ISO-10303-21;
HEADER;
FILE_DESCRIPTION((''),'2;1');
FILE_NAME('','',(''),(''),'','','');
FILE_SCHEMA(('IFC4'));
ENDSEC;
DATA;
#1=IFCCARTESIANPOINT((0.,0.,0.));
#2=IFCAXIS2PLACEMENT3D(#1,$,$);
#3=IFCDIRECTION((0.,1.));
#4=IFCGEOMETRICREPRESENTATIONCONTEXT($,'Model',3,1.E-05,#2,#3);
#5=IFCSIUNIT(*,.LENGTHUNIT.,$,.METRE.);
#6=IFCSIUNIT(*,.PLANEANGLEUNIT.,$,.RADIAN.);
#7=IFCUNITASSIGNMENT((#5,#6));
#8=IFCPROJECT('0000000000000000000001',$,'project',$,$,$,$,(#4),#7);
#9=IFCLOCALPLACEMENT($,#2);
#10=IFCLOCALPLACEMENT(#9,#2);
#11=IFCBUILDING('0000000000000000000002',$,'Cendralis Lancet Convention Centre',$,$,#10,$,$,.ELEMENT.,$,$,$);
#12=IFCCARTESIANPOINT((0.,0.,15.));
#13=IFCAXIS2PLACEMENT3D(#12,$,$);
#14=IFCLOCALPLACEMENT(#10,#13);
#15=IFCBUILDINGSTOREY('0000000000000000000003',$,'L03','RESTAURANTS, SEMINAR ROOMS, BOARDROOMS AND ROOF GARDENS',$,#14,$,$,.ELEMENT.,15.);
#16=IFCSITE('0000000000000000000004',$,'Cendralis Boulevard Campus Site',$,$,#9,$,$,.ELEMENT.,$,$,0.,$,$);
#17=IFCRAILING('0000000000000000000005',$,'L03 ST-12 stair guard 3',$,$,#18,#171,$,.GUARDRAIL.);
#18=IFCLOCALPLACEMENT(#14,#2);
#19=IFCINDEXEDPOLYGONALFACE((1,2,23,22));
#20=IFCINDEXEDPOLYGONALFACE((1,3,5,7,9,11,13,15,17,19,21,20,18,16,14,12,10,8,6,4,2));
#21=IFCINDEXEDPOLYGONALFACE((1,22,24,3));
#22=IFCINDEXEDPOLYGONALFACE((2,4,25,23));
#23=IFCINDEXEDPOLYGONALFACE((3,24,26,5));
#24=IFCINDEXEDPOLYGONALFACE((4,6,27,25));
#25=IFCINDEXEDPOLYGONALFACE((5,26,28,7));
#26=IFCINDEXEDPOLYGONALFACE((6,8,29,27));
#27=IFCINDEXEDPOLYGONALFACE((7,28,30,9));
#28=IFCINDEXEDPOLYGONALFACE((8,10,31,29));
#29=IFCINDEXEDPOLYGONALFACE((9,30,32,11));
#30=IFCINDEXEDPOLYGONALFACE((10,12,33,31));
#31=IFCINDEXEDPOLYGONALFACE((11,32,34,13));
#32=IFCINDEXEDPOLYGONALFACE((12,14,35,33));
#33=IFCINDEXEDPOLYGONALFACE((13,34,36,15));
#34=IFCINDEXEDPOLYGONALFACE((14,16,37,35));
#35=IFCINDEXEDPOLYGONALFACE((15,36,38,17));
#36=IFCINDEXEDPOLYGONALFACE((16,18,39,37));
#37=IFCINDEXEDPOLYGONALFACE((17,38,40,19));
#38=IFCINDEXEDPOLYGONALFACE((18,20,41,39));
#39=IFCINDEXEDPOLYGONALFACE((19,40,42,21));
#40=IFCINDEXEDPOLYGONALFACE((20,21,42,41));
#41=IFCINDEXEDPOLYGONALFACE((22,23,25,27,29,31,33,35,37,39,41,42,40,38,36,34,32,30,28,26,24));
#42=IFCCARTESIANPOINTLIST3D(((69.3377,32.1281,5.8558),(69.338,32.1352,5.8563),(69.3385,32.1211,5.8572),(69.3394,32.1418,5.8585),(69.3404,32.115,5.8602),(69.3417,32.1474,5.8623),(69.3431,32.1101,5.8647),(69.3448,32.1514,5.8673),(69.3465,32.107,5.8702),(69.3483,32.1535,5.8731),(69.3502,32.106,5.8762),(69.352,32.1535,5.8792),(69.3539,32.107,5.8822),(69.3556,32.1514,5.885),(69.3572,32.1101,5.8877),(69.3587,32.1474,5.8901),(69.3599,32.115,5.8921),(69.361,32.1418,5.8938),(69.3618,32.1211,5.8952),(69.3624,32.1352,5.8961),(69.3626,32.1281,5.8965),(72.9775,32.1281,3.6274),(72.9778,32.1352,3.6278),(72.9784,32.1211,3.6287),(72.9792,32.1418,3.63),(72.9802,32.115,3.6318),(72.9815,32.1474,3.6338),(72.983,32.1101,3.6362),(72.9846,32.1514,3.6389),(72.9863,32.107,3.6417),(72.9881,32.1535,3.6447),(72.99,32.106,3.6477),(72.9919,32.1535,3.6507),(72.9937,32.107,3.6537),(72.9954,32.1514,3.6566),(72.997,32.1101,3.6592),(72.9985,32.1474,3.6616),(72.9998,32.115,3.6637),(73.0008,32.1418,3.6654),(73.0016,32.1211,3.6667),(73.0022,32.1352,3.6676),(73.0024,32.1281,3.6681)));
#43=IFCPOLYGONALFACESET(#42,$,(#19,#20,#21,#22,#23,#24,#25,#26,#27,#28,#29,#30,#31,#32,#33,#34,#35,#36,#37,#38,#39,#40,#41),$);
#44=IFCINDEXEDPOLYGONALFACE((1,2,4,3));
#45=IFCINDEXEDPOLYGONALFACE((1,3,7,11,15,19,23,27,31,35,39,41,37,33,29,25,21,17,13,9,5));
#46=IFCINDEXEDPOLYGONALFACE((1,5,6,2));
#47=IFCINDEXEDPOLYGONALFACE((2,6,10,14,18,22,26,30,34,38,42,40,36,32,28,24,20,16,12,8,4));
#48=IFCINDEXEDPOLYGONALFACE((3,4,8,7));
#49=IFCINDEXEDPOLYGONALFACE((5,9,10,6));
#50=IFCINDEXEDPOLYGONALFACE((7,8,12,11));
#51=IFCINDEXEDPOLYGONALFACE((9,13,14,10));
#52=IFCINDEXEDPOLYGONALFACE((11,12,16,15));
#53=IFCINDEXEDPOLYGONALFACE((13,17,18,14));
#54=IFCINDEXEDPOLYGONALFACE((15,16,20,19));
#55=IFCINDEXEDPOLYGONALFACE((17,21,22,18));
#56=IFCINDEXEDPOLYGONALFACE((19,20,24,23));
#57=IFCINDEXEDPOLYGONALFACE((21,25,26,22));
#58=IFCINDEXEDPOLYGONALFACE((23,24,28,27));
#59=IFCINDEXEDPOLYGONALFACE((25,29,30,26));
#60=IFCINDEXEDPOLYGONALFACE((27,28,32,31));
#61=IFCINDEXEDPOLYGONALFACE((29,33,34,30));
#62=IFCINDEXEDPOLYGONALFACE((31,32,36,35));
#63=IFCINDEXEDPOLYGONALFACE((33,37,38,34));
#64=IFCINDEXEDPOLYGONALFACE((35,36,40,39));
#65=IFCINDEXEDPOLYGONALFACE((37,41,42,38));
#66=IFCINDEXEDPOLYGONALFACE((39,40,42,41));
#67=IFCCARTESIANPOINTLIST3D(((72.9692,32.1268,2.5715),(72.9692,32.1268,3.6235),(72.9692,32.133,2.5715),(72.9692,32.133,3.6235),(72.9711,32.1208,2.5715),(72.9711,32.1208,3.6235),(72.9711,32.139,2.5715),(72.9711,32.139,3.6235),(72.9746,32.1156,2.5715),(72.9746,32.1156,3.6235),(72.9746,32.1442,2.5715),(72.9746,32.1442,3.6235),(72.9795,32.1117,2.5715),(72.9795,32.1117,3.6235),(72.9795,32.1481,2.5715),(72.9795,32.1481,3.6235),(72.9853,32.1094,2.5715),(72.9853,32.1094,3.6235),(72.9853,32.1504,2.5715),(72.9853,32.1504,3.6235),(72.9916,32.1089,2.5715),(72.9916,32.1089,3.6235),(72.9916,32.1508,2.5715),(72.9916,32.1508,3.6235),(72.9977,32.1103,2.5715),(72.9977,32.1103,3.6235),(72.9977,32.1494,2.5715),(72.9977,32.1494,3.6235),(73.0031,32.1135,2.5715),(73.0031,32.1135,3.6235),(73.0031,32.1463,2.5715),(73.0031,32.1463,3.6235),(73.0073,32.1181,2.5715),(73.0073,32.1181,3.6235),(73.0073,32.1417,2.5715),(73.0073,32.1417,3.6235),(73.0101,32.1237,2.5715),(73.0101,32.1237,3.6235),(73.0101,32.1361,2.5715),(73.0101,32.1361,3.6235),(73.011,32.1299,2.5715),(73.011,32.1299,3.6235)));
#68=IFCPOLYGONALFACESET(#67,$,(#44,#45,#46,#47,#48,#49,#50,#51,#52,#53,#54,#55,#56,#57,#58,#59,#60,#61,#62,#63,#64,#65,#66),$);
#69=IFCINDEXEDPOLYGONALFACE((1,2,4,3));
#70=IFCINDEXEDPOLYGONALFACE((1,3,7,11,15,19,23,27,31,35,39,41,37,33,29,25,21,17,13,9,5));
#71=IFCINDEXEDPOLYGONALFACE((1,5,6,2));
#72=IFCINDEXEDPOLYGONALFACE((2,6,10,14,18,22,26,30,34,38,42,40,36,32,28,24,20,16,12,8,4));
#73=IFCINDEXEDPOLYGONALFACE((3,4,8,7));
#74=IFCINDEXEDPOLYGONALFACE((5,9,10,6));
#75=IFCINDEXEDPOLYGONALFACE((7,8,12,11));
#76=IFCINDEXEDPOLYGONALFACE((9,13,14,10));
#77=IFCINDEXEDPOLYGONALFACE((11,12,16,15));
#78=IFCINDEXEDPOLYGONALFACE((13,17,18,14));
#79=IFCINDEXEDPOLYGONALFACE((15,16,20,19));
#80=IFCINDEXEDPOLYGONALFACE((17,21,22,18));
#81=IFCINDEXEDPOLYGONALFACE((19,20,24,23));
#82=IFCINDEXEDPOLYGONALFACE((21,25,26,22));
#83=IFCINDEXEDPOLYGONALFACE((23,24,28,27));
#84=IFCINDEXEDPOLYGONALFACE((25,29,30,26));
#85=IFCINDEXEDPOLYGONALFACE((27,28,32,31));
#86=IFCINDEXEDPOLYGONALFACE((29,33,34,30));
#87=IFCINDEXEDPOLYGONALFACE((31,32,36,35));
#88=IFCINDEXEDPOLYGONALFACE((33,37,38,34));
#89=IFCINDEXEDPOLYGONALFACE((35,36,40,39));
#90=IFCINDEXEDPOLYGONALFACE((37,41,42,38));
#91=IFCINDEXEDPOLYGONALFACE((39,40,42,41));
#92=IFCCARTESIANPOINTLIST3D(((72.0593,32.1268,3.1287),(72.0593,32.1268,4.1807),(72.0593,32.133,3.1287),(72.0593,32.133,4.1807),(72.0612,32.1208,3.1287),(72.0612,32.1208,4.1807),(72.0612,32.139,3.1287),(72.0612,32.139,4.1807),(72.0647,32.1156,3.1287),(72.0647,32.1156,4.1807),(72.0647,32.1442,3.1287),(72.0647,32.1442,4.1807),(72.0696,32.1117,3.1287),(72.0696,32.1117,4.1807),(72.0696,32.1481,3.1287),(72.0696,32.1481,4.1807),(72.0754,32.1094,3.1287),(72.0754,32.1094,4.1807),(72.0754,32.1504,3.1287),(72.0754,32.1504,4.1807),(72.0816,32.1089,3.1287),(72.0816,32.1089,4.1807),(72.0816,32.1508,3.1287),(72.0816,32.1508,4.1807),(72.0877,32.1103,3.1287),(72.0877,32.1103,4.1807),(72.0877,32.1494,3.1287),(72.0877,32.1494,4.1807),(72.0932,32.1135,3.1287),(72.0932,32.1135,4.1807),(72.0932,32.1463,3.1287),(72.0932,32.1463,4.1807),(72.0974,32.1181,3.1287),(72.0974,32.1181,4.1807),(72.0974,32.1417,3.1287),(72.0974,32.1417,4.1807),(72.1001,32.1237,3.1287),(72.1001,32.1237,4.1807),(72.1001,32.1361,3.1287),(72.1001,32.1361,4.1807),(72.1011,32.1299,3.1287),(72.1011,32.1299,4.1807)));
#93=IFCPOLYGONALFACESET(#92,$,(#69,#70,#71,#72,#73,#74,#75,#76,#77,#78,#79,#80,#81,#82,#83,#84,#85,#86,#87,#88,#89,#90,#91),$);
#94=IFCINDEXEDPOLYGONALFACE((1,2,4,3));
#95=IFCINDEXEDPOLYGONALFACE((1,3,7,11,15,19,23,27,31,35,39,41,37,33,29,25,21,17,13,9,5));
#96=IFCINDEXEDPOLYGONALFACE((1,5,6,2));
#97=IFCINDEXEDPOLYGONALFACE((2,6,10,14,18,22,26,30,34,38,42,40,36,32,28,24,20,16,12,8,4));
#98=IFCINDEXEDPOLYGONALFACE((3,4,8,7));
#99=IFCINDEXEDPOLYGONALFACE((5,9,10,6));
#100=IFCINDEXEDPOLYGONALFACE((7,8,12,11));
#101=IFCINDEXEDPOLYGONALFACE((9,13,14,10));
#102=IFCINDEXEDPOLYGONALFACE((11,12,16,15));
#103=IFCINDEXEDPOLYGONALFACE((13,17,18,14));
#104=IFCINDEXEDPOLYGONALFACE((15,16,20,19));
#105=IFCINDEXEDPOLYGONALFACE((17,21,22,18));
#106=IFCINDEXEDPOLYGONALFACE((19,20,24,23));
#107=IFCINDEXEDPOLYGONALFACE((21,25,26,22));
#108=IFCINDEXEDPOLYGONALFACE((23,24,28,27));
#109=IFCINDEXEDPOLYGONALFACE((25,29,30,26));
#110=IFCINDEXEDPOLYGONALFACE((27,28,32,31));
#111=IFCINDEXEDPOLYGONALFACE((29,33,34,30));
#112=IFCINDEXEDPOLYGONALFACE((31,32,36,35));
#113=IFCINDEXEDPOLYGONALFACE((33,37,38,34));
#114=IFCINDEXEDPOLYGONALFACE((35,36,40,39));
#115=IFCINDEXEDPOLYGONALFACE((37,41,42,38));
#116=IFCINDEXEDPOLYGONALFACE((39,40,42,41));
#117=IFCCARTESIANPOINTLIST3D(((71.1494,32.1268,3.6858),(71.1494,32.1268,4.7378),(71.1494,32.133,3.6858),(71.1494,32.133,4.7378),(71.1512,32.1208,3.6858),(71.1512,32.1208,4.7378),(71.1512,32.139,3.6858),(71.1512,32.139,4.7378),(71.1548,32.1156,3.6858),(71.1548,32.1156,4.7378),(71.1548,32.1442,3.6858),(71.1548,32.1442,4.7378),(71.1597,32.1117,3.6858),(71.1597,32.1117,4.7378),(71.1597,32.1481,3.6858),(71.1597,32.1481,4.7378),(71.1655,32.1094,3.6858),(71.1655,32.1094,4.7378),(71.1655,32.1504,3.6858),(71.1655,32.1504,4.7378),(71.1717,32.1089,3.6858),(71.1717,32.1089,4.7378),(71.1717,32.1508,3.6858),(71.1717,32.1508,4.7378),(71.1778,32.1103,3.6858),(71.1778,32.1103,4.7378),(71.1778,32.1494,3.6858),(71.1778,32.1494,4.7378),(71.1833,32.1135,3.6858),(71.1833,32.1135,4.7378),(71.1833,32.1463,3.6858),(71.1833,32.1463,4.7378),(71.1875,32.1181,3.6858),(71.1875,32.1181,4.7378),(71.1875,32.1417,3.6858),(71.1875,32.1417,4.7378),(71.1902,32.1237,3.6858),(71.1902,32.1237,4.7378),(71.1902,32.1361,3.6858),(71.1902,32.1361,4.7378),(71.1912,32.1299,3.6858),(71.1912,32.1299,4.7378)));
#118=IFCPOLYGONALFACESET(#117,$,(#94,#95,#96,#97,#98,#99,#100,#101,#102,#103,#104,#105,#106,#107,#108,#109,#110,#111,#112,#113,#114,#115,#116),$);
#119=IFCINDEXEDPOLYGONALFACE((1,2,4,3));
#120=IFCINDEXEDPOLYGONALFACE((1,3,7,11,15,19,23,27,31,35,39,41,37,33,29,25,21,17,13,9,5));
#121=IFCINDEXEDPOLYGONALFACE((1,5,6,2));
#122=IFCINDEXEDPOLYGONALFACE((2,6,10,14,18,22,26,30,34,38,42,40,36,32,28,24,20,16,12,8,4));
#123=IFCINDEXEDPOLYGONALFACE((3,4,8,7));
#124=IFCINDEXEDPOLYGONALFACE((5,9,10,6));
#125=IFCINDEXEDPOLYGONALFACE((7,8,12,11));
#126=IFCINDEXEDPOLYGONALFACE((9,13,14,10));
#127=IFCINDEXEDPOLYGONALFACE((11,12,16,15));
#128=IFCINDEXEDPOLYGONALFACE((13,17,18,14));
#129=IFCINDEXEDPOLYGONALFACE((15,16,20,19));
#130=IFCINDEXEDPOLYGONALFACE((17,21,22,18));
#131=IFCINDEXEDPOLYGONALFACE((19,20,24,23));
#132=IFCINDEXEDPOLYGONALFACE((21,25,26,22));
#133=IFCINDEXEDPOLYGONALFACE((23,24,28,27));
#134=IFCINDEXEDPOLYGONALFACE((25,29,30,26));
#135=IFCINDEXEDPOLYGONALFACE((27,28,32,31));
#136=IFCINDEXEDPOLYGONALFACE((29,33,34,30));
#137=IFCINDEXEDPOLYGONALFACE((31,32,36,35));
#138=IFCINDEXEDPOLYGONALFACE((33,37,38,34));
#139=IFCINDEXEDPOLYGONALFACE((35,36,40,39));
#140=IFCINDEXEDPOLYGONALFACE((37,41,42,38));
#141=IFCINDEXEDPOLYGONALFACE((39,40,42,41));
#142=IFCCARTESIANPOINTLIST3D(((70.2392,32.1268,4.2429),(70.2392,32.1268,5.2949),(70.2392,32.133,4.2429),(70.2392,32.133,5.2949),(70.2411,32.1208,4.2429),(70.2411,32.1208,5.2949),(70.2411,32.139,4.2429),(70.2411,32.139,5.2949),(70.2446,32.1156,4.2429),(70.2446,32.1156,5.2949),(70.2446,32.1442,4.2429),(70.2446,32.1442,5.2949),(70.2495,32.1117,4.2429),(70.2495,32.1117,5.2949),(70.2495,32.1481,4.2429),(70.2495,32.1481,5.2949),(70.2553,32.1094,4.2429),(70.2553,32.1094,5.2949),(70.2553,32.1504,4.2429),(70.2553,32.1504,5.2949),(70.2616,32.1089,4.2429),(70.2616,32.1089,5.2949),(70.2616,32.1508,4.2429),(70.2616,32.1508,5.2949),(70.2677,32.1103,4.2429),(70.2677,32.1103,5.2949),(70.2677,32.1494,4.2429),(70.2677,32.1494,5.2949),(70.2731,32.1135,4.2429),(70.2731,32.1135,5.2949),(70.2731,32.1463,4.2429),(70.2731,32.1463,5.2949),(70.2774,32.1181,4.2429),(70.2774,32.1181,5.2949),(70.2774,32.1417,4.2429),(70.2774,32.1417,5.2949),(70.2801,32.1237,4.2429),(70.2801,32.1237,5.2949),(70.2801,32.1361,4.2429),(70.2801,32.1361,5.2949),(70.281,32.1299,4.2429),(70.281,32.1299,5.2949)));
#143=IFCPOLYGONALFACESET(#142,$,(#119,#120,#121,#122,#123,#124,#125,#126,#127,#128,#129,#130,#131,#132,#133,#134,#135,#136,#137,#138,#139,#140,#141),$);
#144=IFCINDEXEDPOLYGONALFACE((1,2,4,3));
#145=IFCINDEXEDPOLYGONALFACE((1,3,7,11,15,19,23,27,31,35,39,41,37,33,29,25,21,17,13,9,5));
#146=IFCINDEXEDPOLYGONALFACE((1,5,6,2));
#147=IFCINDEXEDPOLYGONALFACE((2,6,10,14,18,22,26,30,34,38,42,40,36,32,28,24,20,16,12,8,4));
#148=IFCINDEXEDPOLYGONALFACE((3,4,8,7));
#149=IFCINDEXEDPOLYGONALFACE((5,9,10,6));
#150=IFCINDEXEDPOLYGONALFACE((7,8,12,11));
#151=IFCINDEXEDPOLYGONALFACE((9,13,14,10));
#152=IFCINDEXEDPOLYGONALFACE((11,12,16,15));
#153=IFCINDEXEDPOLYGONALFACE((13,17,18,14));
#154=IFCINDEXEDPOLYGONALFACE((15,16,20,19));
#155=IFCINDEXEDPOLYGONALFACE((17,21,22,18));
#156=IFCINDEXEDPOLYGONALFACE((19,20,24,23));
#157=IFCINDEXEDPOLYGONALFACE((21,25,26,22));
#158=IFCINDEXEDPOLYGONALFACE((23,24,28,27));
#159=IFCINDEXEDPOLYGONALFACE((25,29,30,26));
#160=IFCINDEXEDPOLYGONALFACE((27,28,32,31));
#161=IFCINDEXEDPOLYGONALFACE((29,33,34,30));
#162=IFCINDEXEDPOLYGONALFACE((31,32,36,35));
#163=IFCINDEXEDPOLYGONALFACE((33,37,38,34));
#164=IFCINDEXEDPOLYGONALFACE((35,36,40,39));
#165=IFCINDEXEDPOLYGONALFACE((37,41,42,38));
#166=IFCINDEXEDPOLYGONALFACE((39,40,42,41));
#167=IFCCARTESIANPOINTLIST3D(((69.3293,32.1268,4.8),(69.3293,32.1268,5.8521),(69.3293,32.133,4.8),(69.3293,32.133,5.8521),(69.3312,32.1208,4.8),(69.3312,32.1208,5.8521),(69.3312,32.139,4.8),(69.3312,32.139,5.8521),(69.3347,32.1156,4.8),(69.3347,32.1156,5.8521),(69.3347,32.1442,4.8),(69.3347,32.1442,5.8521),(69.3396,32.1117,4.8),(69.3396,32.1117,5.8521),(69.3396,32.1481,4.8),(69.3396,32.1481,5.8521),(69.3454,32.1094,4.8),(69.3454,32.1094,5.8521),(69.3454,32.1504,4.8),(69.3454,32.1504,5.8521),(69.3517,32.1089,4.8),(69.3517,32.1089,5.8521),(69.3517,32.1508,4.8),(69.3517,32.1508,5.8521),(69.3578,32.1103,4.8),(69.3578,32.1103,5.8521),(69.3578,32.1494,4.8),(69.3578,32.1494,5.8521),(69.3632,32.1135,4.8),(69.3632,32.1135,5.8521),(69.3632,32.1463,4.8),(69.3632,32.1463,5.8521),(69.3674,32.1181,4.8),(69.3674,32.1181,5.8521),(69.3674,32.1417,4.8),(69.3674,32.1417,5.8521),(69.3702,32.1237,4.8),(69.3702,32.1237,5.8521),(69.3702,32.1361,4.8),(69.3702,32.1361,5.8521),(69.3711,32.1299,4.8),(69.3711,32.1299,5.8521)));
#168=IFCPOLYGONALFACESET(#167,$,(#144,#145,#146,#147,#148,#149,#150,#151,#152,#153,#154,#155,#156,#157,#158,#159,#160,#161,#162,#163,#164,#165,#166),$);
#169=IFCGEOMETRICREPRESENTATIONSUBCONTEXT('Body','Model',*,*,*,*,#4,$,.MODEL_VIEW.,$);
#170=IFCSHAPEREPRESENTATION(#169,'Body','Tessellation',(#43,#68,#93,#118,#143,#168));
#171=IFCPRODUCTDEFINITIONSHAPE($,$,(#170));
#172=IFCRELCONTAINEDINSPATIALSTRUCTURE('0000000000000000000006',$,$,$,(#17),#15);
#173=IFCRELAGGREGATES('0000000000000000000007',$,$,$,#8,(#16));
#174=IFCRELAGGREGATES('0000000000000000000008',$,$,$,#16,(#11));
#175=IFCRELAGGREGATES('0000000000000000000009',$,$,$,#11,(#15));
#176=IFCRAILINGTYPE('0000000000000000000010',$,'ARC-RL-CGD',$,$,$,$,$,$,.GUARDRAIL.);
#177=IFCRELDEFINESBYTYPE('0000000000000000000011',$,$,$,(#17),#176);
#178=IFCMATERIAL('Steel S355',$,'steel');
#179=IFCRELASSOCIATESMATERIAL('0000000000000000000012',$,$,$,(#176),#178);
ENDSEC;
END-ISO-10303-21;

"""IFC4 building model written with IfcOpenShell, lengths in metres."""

from ifc_helpers import new_model, si_unit, direction, frame, origin, origin_2d, place, context, subcontext, project, spatial, circle, extrude, material, type_object, element, save


model = new_model("IFC4")

# Units and contexts
model_context = context("Model", 3, precision=1e-05, world=origin(), true_north=direction((0.0, 1.0)))
body_context = subcontext(model_context, "Body", "Model", "MODEL_VIEW")
ifc_project = project(units=[si_unit("LENGTHUNIT", "METRE"), si_unit("PLANEANGLEUNIT", "RADIAN")], contexts=[model_context])

# Site, building, storey
site_placement = place(None, origin())
site = spatial("IfcSite", under=ifc_project, at=site_placement, Name="Cendralis Boulevard Campus Site", CompositionType="ELEMENT", RefElevation=0.0)
building_placement = place(site_placement, origin())
building = spatial("IfcBuilding", under=site, at=building_placement, Name="Cendralis Lancet Convention Centre", CompositionType="ELEMENT")
storey_placement = place(building_placement, frame((0.0, 0.0, 15.0)))
storey = spatial("IfcBuildingStorey", under=building, at=storey_placement, Name="L03", Description="RESTAURANTS, SEMINAR ROOMS, BOARDROOMS AND ROOF GARDENS", CompositionType="ELEMENT", Elevation=15.0)

# Railing
ifc_material_1 = material(Name="Steel S355", Category="steel")
railing_type_1 = type_object("IfcRailingType", Name="ARC-RL-CGD", PredefinedType="GUARDRAIL", material=ifc_material_1)
railing_1_placement = place(storey_placement, frame((72.99, 32.1299, 2.5715)))
element("IfcRailing", 1, at=railing_1_placement, inside=storey, type_object=railing_type_1, Name="L03 ST-12 stair guard 3", PredefinedType="GUARDRAIL", context=body_context, shape_type="SweptSolid", body=[
    extrude(circle(Radius=0.0239, at=origin_2d()), frame((0.0, 0.0, 1.0762), z_axis=(-0.85285, 0.0, 0.522156), x_axis=(0.0, -1.0, 0.0)), (0.0, 0.0, 1.0), 4.2678),
    extrude(circle(Radius=0.021, at=origin_2d()), origin(), (0.0, 0.0, 1.0), 1.052),
    extrude(circle(Radius=0.021, at=origin_2d()), frame((-0.9099, 0.0, 0.5571)), (0.0, 0.0, 1.0), 1.052),
    extrude(circle(Radius=0.021, at=origin_2d()), frame((-1.8198, 0.0, 1.1143)), (0.0, 0.0, 1.0), 1.052),
    extrude(circle(Radius=0.021, at=origin_2d()), frame((-2.73, 0.0, 1.6714)), (0.0, 0.0, 1.0), 1.052),
    extrude(circle(Radius=0.021, at=origin_2d()), frame((-3.6399, 0.0, 2.2285)), (0.0, 0.0, 1.0), 1.052),
])

save(model, "model.ifc")
